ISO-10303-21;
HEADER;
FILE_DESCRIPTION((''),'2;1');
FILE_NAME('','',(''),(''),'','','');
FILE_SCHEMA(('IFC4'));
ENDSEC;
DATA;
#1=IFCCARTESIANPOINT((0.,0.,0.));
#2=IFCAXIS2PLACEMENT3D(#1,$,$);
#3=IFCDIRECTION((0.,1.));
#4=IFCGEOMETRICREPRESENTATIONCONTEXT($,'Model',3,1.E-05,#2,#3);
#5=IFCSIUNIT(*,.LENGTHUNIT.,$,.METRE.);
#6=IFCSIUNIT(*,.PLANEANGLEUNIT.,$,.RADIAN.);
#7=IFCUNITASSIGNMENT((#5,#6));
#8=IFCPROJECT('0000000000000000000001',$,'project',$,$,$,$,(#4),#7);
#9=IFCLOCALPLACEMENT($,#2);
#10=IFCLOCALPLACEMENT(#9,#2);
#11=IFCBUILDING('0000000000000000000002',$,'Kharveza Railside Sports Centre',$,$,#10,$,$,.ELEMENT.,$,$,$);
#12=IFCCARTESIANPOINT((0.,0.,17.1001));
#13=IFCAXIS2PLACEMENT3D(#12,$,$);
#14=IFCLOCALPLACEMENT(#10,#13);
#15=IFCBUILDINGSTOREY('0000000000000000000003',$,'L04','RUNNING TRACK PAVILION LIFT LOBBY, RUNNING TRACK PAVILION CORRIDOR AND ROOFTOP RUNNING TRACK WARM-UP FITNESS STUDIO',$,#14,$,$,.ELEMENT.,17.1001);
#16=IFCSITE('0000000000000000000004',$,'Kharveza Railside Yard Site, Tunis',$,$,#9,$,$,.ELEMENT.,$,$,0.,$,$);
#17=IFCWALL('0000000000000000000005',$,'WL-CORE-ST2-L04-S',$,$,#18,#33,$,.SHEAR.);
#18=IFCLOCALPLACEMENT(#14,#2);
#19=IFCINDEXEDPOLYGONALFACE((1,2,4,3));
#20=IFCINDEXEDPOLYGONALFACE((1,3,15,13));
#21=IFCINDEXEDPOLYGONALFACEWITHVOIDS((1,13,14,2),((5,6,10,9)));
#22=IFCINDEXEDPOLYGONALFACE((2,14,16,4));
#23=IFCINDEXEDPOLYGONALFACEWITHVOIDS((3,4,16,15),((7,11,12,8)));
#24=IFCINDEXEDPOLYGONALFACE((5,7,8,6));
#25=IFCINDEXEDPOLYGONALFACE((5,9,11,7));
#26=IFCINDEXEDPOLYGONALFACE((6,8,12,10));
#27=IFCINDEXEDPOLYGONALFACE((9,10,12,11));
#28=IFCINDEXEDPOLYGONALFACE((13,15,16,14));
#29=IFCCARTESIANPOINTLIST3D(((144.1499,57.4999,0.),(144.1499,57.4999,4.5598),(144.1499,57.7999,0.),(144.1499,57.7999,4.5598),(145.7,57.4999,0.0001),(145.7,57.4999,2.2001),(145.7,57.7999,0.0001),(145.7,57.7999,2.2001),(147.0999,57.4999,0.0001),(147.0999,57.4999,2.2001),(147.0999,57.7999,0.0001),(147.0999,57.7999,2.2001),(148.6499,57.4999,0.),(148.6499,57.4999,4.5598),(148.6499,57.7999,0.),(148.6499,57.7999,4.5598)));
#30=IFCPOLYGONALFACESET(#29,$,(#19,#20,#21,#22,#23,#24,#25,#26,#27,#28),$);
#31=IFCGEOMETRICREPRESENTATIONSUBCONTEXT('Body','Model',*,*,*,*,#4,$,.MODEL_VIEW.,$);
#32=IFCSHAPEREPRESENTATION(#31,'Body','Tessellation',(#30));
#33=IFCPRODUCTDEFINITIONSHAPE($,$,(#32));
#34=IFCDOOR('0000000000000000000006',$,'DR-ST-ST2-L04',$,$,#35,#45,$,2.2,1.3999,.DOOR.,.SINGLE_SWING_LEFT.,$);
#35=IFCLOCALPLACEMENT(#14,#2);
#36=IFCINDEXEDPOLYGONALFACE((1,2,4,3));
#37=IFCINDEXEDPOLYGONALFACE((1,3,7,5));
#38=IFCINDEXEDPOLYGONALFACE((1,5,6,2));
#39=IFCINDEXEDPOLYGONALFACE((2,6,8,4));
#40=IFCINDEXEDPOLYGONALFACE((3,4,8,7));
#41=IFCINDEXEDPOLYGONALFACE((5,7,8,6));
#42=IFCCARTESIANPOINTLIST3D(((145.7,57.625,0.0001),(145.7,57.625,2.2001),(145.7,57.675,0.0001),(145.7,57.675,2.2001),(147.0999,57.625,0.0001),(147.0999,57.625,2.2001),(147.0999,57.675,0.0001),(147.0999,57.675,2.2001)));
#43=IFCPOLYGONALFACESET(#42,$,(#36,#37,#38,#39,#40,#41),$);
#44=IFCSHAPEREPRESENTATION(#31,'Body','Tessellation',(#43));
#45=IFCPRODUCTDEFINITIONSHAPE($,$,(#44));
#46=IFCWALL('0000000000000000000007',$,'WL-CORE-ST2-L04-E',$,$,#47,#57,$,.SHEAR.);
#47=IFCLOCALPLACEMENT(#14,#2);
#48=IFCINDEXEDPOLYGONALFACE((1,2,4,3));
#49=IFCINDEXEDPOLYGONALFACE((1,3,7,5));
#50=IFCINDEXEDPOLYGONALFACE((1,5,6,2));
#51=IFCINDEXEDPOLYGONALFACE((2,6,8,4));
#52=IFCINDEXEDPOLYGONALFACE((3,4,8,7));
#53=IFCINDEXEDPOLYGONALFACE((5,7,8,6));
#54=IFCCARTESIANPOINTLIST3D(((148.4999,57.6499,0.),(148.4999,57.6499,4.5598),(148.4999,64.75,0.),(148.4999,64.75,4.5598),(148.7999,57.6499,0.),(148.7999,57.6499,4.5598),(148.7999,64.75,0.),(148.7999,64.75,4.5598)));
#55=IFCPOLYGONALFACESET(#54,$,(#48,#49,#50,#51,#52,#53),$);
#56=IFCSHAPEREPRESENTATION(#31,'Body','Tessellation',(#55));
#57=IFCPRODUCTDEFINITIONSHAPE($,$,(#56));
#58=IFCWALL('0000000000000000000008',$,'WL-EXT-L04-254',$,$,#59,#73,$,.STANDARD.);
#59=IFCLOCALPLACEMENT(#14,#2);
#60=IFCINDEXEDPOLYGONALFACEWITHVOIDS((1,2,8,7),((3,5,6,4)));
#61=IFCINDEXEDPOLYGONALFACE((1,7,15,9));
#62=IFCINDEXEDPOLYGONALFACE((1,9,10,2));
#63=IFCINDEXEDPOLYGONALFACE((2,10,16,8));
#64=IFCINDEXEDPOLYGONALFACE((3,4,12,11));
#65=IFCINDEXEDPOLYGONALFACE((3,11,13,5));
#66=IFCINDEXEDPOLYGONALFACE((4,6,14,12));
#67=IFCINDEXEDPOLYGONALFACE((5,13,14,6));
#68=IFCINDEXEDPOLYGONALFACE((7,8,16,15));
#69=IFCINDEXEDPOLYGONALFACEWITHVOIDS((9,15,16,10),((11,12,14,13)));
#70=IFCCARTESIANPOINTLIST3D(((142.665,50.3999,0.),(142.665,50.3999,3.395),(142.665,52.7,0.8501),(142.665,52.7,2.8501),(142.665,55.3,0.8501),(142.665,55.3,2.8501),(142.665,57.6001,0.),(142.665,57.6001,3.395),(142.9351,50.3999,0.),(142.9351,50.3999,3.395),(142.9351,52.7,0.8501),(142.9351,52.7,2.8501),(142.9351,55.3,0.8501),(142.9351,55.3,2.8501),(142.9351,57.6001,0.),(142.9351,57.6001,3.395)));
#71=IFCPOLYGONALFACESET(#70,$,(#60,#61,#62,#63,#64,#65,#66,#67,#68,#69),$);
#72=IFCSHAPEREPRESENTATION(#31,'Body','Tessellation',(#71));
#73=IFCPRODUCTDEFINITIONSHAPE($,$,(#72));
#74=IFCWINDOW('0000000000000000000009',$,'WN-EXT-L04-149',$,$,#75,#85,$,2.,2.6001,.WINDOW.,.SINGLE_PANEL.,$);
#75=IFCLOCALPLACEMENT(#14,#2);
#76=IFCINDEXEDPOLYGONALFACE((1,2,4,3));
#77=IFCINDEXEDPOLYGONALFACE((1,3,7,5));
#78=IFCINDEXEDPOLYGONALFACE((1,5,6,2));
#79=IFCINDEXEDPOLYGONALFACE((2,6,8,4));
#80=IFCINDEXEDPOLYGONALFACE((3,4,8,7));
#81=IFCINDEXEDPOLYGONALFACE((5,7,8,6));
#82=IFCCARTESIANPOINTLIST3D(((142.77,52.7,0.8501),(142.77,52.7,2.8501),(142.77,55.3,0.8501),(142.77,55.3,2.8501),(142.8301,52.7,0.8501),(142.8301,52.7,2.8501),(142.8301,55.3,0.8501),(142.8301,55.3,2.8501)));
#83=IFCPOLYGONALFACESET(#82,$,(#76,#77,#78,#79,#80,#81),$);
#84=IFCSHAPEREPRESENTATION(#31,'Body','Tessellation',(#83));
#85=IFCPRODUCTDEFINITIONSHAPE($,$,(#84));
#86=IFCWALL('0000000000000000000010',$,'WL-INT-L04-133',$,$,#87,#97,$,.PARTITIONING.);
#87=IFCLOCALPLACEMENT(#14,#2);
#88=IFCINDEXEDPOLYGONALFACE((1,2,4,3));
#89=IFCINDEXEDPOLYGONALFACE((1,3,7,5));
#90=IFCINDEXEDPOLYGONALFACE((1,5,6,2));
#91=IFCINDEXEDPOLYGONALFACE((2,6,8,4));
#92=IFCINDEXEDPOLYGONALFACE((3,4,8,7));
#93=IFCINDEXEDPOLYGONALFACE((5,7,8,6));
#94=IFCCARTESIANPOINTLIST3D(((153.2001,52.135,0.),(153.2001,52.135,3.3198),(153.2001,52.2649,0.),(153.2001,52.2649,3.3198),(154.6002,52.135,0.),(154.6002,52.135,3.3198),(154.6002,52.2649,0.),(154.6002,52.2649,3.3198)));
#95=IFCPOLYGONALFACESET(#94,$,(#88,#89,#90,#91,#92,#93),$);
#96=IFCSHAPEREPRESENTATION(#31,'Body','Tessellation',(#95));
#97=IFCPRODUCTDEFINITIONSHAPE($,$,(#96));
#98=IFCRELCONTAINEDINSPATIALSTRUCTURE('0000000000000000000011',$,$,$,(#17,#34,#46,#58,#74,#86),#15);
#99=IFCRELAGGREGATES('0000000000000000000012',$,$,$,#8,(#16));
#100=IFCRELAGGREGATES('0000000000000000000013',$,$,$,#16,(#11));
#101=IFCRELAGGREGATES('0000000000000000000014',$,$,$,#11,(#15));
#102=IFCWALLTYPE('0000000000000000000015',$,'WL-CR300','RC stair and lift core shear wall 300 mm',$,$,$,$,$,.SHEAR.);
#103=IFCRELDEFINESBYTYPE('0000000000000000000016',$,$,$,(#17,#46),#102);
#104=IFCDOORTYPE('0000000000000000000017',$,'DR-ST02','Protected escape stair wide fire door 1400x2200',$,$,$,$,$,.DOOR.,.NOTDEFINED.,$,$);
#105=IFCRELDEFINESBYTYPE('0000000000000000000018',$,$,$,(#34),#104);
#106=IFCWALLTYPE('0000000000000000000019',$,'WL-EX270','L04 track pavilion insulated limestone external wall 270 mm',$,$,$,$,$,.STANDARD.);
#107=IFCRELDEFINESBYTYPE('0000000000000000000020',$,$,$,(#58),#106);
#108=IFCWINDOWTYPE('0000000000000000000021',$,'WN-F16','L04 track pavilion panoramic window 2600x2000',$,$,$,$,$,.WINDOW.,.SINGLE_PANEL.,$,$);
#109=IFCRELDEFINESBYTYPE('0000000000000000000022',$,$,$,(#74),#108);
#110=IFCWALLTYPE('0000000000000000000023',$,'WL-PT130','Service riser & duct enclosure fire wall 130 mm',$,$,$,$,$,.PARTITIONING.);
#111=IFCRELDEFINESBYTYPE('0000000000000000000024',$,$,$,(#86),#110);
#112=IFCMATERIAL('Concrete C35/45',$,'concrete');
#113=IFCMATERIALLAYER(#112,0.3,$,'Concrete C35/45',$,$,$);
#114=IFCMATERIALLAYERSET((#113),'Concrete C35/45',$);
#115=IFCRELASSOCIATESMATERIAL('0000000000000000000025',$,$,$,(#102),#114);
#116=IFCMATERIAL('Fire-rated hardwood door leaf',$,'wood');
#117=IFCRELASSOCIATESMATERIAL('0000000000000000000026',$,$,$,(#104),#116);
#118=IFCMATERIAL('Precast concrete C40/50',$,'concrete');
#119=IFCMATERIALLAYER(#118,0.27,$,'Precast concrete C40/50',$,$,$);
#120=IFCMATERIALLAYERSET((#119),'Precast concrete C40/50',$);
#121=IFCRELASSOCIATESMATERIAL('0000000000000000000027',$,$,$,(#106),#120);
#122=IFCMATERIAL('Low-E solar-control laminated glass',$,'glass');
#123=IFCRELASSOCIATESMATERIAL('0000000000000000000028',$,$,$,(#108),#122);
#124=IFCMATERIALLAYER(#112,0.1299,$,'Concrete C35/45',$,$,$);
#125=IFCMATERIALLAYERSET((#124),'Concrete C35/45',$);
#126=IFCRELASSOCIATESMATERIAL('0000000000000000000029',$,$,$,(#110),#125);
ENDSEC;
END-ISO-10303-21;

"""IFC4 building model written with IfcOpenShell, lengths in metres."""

from ifc_helpers import new_model, si_unit, direction, frame, frame_2d, origin, place, context, subcontext, project, spatial, rectangle, extrude, material, layer, layer_set, type_object, element, fill, save


model = new_model("IFC4")

# Units and contexts
model_context = context("Model", 3, precision=1e-05, world=origin(), true_north=direction((0.0, 1.0)))
body_context = subcontext(model_context, "Body", "Model", "MODEL_VIEW")
ifc_project = project(units=[si_unit("LENGTHUNIT", "METRE"), si_unit("PLANEANGLEUNIT", "RADIAN")], contexts=[model_context])

# Site, building, storey
site_placement = place(None, origin())
site = spatial("IfcSite", under=ifc_project, at=site_placement, Name="Kharveza Railside Yard Site, Tunis", CompositionType="ELEMENT", RefElevation=0.0)
building_placement = place(site_placement, origin())
building = spatial("IfcBuilding", under=site, at=building_placement, Name="Kharveza Railside Sports Centre", CompositionType="ELEMENT")
storey_placement = place(building_placement, frame((0.0, 0.0, 17.1001)))
storey = spatial("IfcBuildingStorey", under=building, at=storey_placement, Name="L04", Description="RUNNING TRACK PAVILION LIFT LOBBY, RUNNING TRACK PAVILION CORRIDOR AND ROOFTOP RUNNING TRACK WARM-UP FITNESS STUDIO", CompositionType="ELEMENT", Elevation=17.1001)

# Shared definitions
ifc_material_1 = material(Name="Low-E solar-control laminated glass", Category="glass")

# Wall, opening, door
ifc_material_2 = material(Name="Concrete C35/45", Category="concrete")
ifc_layer_1 = layer(ifc_material_2, 0.3, Name="Concrete C35/45")
ifc_layer_set_1 = layer_set([ifc_layer_1], Name="Concrete C35/45")
wall_type_1 = type_object("IfcWallType", Name="WL-CR300", Description="RC stair and lift core shear wall 300 mm", PredefinedType="SHEAR", material=ifc_layer_set_1)
wall_1_placement = place(storey_placement, frame((144.1499, 57.6499, 0.0), z_axis=(0.0, 0.0, 1.0), x_axis=(1.0, 0.0, 0.0)))
wall_1 = element("IfcWall", 1, at=wall_1_placement, inside=storey, type_object=wall_type_1, Name="WL-CORE-ST2-L04-S", PredefinedType="SHEAR", context=body_context, shape_type="SweptSolid", body=[
    extrude(rectangle(XDim=4.5, YDim=0.3, at=frame_2d((2.25, 0.0))), origin(), (0.0, 0.0, 1.0), 4.5598),
])
opening_1_placement = place(wall_1_placement, frame((1.55, 0.0, 0.0)))
opening_1 = element("IfcOpeningElement", 2, at=opening_1_placement, cuts=wall_1, PredefinedType="OPENING", context=body_context, shape_type="SweptSolid", body=[
    extrude(rectangle(XDim=1.3999, YDim=2.2, at=frame_2d((0.7, 1.1001))), frame((0.0, 0.1748, 0.0), z_axis=(0.0, -1.0, 0.0), x_axis=(1.0, 0.0, 0.0)), (0.0, 0.0, 1.0), 0.3499),
])
ifc_material_3 = material(Name="Fire-rated hardwood door leaf", Category="wood")
door_type = type_object("IfcDoorType", Name="DR-ST02", Description="Protected escape stair wide fire door 1400x2200", OperationType="NOTDEFINED", PredefinedType="DOOR", material=ifc_material_3)
door_placement = place(opening_1_placement, frame((1.3999, 0.0, 0.0), z_axis=(0.0, 0.0, 1.0), x_axis=(-1.0, 0.0, 0.0)))
door = element("IfcDoor", 3, at=door_placement, inside=storey, type_object=door_type, Name="DR-ST-ST2-L04", OperationType="SINGLE_SWING_LEFT", OverallHeight=2.2, OverallWidth=1.3999, PredefinedType="DOOR", context=body_context, shape_type="SweptSolid", body=[
    extrude(rectangle(XDim=1.3999, YDim=2.2, at=frame_2d((0.7, 1.1001))), frame((0.0, 0.0249, 0.0), z_axis=(0.0, -1.0, 0.0), x_axis=(1.0, 0.0, 0.0)), (0.0, 0.0, 1.0), 0.05),
])
fill(opening_1, door)

# Wall
wall_2_placement = place(storey_placement, frame((148.6499, 57.6499, 0.0), z_axis=(0.0, 0.0, 1.0), x_axis=(0.0, 1.0, 0.0)))
element("IfcWall", 4, at=wall_2_placement, inside=storey, type_object=wall_type_1, Name="WL-CORE-ST2-L04-E", PredefinedType="SHEAR", context=body_context, shape_type="SweptSolid", body=[
    extrude(rectangle(XDim=7.1001, YDim=0.3, at=frame_2d((3.55, 0.0))), origin(), (0.0, 0.0, 1.0), 4.5598),
])

# Wall, opening, window
ifc_material_4 = material(Name="Precast concrete C40/50", Category="concrete")
ifc_layer_2 = layer(ifc_material_4, 0.27, Name="Precast concrete C40/50")
ifc_layer_set_2 = layer_set([ifc_layer_2], Name="Precast concrete C40/50")
wall_type_2 = type_object("IfcWallType", Name="WL-EX270", Description="L04 track pavilion insulated limestone external wall 270 mm", PredefinedType="STANDARD", material=ifc_layer_set_2)
wall_3_placement = place(storey_placement, frame((142.8, 57.6001, 0.0), z_axis=(0.0, 0.0, 1.0), x_axis=(0.0, -1.0, 0.0)))
wall_3 = element("IfcWall", 5, at=wall_3_placement, inside=storey, type_object=wall_type_2, Name="WL-EXT-L04-254", PredefinedType="STANDARD", context=body_context, shape_type="SweptSolid", body=[
    extrude(rectangle(XDim=7.2002, YDim=0.27, at=frame_2d((3.6001, 0.0))), origin(), (0.0, 0.0, 1.0), 3.395),
])
opening_2_placement = place(wall_3_placement, frame((2.3, 0.0, 0.8501)))
opening_2 = element("IfcOpeningElement", 6, at=opening_2_placement, cuts=wall_3, PredefinedType="OPENING", context=body_context, shape_type="SweptSolid", body=[
    extrude(rectangle(XDim=2.6001, YDim=2.0, at=frame_2d((1.3, 1.0))), frame((0.0, 0.1599, 0.0), z_axis=(0.0, -1.0, 0.0), x_axis=(1.0, 0.0, 0.0)), (0.0, 0.0, 1.0), 0.3198),
])
window_type = type_object("IfcWindowType", Name="WN-F16", Description="L04 track pavilion panoramic window 2600x2000", PartitioningType="SINGLE_PANEL", PredefinedType="WINDOW", material=ifc_material_1)
window_placement = place(opening_2_placement, origin())
window = element("IfcWindow", 7, at=window_placement, inside=storey, type_object=window_type, Name="WN-EXT-L04-149", OverallHeight=2.0, OverallWidth=2.6001, PartitioningType="SINGLE_PANEL", PredefinedType="WINDOW", context=body_context, shape_type="SweptSolid", body=[
    extrude(rectangle(XDim=2.6001, YDim=2.0, at=frame_2d((1.3, 1.0))), frame((0.0, 0.03, 0.0), z_axis=(0.0, -1.0, 0.0), x_axis=(1.0, 0.0, 0.0)), (0.0, 0.0, 1.0), 0.0601),
])
fill(opening_2, window)

# Wall
ifc_layer_3 = layer(ifc_material_2, 0.1299, Name="Concrete C35/45")
ifc_layer_set_3 = layer_set([ifc_layer_3], Name="Concrete C35/45")
wall_type_3 = type_object("IfcWallType", Name="WL-PT130", Description="Service riser & duct enclosure fire wall 130 mm", PredefinedType="PARTITIONING", material=ifc_layer_set_3)
wall_4_placement = place(storey_placement, frame((153.2, 52.2, 0.0), z_axis=(0.0, 0.0, 1.0), x_axis=(1.0, 0.0, 0.0)))
element("IfcWall", 8, at=wall_4_placement, inside=storey, type_object=wall_type_3, Name="WL-INT-L04-133", PredefinedType="PARTITIONING", context=body_context, shape_type="SweptSolid", body=[
    extrude(rectangle(XDim=1.4001, YDim=0.1299, at=frame_2d((0.7002, 0.0))), origin(), (0.0, 0.0, 1.0), 3.3198),
])

save(model, "model.ifc")
